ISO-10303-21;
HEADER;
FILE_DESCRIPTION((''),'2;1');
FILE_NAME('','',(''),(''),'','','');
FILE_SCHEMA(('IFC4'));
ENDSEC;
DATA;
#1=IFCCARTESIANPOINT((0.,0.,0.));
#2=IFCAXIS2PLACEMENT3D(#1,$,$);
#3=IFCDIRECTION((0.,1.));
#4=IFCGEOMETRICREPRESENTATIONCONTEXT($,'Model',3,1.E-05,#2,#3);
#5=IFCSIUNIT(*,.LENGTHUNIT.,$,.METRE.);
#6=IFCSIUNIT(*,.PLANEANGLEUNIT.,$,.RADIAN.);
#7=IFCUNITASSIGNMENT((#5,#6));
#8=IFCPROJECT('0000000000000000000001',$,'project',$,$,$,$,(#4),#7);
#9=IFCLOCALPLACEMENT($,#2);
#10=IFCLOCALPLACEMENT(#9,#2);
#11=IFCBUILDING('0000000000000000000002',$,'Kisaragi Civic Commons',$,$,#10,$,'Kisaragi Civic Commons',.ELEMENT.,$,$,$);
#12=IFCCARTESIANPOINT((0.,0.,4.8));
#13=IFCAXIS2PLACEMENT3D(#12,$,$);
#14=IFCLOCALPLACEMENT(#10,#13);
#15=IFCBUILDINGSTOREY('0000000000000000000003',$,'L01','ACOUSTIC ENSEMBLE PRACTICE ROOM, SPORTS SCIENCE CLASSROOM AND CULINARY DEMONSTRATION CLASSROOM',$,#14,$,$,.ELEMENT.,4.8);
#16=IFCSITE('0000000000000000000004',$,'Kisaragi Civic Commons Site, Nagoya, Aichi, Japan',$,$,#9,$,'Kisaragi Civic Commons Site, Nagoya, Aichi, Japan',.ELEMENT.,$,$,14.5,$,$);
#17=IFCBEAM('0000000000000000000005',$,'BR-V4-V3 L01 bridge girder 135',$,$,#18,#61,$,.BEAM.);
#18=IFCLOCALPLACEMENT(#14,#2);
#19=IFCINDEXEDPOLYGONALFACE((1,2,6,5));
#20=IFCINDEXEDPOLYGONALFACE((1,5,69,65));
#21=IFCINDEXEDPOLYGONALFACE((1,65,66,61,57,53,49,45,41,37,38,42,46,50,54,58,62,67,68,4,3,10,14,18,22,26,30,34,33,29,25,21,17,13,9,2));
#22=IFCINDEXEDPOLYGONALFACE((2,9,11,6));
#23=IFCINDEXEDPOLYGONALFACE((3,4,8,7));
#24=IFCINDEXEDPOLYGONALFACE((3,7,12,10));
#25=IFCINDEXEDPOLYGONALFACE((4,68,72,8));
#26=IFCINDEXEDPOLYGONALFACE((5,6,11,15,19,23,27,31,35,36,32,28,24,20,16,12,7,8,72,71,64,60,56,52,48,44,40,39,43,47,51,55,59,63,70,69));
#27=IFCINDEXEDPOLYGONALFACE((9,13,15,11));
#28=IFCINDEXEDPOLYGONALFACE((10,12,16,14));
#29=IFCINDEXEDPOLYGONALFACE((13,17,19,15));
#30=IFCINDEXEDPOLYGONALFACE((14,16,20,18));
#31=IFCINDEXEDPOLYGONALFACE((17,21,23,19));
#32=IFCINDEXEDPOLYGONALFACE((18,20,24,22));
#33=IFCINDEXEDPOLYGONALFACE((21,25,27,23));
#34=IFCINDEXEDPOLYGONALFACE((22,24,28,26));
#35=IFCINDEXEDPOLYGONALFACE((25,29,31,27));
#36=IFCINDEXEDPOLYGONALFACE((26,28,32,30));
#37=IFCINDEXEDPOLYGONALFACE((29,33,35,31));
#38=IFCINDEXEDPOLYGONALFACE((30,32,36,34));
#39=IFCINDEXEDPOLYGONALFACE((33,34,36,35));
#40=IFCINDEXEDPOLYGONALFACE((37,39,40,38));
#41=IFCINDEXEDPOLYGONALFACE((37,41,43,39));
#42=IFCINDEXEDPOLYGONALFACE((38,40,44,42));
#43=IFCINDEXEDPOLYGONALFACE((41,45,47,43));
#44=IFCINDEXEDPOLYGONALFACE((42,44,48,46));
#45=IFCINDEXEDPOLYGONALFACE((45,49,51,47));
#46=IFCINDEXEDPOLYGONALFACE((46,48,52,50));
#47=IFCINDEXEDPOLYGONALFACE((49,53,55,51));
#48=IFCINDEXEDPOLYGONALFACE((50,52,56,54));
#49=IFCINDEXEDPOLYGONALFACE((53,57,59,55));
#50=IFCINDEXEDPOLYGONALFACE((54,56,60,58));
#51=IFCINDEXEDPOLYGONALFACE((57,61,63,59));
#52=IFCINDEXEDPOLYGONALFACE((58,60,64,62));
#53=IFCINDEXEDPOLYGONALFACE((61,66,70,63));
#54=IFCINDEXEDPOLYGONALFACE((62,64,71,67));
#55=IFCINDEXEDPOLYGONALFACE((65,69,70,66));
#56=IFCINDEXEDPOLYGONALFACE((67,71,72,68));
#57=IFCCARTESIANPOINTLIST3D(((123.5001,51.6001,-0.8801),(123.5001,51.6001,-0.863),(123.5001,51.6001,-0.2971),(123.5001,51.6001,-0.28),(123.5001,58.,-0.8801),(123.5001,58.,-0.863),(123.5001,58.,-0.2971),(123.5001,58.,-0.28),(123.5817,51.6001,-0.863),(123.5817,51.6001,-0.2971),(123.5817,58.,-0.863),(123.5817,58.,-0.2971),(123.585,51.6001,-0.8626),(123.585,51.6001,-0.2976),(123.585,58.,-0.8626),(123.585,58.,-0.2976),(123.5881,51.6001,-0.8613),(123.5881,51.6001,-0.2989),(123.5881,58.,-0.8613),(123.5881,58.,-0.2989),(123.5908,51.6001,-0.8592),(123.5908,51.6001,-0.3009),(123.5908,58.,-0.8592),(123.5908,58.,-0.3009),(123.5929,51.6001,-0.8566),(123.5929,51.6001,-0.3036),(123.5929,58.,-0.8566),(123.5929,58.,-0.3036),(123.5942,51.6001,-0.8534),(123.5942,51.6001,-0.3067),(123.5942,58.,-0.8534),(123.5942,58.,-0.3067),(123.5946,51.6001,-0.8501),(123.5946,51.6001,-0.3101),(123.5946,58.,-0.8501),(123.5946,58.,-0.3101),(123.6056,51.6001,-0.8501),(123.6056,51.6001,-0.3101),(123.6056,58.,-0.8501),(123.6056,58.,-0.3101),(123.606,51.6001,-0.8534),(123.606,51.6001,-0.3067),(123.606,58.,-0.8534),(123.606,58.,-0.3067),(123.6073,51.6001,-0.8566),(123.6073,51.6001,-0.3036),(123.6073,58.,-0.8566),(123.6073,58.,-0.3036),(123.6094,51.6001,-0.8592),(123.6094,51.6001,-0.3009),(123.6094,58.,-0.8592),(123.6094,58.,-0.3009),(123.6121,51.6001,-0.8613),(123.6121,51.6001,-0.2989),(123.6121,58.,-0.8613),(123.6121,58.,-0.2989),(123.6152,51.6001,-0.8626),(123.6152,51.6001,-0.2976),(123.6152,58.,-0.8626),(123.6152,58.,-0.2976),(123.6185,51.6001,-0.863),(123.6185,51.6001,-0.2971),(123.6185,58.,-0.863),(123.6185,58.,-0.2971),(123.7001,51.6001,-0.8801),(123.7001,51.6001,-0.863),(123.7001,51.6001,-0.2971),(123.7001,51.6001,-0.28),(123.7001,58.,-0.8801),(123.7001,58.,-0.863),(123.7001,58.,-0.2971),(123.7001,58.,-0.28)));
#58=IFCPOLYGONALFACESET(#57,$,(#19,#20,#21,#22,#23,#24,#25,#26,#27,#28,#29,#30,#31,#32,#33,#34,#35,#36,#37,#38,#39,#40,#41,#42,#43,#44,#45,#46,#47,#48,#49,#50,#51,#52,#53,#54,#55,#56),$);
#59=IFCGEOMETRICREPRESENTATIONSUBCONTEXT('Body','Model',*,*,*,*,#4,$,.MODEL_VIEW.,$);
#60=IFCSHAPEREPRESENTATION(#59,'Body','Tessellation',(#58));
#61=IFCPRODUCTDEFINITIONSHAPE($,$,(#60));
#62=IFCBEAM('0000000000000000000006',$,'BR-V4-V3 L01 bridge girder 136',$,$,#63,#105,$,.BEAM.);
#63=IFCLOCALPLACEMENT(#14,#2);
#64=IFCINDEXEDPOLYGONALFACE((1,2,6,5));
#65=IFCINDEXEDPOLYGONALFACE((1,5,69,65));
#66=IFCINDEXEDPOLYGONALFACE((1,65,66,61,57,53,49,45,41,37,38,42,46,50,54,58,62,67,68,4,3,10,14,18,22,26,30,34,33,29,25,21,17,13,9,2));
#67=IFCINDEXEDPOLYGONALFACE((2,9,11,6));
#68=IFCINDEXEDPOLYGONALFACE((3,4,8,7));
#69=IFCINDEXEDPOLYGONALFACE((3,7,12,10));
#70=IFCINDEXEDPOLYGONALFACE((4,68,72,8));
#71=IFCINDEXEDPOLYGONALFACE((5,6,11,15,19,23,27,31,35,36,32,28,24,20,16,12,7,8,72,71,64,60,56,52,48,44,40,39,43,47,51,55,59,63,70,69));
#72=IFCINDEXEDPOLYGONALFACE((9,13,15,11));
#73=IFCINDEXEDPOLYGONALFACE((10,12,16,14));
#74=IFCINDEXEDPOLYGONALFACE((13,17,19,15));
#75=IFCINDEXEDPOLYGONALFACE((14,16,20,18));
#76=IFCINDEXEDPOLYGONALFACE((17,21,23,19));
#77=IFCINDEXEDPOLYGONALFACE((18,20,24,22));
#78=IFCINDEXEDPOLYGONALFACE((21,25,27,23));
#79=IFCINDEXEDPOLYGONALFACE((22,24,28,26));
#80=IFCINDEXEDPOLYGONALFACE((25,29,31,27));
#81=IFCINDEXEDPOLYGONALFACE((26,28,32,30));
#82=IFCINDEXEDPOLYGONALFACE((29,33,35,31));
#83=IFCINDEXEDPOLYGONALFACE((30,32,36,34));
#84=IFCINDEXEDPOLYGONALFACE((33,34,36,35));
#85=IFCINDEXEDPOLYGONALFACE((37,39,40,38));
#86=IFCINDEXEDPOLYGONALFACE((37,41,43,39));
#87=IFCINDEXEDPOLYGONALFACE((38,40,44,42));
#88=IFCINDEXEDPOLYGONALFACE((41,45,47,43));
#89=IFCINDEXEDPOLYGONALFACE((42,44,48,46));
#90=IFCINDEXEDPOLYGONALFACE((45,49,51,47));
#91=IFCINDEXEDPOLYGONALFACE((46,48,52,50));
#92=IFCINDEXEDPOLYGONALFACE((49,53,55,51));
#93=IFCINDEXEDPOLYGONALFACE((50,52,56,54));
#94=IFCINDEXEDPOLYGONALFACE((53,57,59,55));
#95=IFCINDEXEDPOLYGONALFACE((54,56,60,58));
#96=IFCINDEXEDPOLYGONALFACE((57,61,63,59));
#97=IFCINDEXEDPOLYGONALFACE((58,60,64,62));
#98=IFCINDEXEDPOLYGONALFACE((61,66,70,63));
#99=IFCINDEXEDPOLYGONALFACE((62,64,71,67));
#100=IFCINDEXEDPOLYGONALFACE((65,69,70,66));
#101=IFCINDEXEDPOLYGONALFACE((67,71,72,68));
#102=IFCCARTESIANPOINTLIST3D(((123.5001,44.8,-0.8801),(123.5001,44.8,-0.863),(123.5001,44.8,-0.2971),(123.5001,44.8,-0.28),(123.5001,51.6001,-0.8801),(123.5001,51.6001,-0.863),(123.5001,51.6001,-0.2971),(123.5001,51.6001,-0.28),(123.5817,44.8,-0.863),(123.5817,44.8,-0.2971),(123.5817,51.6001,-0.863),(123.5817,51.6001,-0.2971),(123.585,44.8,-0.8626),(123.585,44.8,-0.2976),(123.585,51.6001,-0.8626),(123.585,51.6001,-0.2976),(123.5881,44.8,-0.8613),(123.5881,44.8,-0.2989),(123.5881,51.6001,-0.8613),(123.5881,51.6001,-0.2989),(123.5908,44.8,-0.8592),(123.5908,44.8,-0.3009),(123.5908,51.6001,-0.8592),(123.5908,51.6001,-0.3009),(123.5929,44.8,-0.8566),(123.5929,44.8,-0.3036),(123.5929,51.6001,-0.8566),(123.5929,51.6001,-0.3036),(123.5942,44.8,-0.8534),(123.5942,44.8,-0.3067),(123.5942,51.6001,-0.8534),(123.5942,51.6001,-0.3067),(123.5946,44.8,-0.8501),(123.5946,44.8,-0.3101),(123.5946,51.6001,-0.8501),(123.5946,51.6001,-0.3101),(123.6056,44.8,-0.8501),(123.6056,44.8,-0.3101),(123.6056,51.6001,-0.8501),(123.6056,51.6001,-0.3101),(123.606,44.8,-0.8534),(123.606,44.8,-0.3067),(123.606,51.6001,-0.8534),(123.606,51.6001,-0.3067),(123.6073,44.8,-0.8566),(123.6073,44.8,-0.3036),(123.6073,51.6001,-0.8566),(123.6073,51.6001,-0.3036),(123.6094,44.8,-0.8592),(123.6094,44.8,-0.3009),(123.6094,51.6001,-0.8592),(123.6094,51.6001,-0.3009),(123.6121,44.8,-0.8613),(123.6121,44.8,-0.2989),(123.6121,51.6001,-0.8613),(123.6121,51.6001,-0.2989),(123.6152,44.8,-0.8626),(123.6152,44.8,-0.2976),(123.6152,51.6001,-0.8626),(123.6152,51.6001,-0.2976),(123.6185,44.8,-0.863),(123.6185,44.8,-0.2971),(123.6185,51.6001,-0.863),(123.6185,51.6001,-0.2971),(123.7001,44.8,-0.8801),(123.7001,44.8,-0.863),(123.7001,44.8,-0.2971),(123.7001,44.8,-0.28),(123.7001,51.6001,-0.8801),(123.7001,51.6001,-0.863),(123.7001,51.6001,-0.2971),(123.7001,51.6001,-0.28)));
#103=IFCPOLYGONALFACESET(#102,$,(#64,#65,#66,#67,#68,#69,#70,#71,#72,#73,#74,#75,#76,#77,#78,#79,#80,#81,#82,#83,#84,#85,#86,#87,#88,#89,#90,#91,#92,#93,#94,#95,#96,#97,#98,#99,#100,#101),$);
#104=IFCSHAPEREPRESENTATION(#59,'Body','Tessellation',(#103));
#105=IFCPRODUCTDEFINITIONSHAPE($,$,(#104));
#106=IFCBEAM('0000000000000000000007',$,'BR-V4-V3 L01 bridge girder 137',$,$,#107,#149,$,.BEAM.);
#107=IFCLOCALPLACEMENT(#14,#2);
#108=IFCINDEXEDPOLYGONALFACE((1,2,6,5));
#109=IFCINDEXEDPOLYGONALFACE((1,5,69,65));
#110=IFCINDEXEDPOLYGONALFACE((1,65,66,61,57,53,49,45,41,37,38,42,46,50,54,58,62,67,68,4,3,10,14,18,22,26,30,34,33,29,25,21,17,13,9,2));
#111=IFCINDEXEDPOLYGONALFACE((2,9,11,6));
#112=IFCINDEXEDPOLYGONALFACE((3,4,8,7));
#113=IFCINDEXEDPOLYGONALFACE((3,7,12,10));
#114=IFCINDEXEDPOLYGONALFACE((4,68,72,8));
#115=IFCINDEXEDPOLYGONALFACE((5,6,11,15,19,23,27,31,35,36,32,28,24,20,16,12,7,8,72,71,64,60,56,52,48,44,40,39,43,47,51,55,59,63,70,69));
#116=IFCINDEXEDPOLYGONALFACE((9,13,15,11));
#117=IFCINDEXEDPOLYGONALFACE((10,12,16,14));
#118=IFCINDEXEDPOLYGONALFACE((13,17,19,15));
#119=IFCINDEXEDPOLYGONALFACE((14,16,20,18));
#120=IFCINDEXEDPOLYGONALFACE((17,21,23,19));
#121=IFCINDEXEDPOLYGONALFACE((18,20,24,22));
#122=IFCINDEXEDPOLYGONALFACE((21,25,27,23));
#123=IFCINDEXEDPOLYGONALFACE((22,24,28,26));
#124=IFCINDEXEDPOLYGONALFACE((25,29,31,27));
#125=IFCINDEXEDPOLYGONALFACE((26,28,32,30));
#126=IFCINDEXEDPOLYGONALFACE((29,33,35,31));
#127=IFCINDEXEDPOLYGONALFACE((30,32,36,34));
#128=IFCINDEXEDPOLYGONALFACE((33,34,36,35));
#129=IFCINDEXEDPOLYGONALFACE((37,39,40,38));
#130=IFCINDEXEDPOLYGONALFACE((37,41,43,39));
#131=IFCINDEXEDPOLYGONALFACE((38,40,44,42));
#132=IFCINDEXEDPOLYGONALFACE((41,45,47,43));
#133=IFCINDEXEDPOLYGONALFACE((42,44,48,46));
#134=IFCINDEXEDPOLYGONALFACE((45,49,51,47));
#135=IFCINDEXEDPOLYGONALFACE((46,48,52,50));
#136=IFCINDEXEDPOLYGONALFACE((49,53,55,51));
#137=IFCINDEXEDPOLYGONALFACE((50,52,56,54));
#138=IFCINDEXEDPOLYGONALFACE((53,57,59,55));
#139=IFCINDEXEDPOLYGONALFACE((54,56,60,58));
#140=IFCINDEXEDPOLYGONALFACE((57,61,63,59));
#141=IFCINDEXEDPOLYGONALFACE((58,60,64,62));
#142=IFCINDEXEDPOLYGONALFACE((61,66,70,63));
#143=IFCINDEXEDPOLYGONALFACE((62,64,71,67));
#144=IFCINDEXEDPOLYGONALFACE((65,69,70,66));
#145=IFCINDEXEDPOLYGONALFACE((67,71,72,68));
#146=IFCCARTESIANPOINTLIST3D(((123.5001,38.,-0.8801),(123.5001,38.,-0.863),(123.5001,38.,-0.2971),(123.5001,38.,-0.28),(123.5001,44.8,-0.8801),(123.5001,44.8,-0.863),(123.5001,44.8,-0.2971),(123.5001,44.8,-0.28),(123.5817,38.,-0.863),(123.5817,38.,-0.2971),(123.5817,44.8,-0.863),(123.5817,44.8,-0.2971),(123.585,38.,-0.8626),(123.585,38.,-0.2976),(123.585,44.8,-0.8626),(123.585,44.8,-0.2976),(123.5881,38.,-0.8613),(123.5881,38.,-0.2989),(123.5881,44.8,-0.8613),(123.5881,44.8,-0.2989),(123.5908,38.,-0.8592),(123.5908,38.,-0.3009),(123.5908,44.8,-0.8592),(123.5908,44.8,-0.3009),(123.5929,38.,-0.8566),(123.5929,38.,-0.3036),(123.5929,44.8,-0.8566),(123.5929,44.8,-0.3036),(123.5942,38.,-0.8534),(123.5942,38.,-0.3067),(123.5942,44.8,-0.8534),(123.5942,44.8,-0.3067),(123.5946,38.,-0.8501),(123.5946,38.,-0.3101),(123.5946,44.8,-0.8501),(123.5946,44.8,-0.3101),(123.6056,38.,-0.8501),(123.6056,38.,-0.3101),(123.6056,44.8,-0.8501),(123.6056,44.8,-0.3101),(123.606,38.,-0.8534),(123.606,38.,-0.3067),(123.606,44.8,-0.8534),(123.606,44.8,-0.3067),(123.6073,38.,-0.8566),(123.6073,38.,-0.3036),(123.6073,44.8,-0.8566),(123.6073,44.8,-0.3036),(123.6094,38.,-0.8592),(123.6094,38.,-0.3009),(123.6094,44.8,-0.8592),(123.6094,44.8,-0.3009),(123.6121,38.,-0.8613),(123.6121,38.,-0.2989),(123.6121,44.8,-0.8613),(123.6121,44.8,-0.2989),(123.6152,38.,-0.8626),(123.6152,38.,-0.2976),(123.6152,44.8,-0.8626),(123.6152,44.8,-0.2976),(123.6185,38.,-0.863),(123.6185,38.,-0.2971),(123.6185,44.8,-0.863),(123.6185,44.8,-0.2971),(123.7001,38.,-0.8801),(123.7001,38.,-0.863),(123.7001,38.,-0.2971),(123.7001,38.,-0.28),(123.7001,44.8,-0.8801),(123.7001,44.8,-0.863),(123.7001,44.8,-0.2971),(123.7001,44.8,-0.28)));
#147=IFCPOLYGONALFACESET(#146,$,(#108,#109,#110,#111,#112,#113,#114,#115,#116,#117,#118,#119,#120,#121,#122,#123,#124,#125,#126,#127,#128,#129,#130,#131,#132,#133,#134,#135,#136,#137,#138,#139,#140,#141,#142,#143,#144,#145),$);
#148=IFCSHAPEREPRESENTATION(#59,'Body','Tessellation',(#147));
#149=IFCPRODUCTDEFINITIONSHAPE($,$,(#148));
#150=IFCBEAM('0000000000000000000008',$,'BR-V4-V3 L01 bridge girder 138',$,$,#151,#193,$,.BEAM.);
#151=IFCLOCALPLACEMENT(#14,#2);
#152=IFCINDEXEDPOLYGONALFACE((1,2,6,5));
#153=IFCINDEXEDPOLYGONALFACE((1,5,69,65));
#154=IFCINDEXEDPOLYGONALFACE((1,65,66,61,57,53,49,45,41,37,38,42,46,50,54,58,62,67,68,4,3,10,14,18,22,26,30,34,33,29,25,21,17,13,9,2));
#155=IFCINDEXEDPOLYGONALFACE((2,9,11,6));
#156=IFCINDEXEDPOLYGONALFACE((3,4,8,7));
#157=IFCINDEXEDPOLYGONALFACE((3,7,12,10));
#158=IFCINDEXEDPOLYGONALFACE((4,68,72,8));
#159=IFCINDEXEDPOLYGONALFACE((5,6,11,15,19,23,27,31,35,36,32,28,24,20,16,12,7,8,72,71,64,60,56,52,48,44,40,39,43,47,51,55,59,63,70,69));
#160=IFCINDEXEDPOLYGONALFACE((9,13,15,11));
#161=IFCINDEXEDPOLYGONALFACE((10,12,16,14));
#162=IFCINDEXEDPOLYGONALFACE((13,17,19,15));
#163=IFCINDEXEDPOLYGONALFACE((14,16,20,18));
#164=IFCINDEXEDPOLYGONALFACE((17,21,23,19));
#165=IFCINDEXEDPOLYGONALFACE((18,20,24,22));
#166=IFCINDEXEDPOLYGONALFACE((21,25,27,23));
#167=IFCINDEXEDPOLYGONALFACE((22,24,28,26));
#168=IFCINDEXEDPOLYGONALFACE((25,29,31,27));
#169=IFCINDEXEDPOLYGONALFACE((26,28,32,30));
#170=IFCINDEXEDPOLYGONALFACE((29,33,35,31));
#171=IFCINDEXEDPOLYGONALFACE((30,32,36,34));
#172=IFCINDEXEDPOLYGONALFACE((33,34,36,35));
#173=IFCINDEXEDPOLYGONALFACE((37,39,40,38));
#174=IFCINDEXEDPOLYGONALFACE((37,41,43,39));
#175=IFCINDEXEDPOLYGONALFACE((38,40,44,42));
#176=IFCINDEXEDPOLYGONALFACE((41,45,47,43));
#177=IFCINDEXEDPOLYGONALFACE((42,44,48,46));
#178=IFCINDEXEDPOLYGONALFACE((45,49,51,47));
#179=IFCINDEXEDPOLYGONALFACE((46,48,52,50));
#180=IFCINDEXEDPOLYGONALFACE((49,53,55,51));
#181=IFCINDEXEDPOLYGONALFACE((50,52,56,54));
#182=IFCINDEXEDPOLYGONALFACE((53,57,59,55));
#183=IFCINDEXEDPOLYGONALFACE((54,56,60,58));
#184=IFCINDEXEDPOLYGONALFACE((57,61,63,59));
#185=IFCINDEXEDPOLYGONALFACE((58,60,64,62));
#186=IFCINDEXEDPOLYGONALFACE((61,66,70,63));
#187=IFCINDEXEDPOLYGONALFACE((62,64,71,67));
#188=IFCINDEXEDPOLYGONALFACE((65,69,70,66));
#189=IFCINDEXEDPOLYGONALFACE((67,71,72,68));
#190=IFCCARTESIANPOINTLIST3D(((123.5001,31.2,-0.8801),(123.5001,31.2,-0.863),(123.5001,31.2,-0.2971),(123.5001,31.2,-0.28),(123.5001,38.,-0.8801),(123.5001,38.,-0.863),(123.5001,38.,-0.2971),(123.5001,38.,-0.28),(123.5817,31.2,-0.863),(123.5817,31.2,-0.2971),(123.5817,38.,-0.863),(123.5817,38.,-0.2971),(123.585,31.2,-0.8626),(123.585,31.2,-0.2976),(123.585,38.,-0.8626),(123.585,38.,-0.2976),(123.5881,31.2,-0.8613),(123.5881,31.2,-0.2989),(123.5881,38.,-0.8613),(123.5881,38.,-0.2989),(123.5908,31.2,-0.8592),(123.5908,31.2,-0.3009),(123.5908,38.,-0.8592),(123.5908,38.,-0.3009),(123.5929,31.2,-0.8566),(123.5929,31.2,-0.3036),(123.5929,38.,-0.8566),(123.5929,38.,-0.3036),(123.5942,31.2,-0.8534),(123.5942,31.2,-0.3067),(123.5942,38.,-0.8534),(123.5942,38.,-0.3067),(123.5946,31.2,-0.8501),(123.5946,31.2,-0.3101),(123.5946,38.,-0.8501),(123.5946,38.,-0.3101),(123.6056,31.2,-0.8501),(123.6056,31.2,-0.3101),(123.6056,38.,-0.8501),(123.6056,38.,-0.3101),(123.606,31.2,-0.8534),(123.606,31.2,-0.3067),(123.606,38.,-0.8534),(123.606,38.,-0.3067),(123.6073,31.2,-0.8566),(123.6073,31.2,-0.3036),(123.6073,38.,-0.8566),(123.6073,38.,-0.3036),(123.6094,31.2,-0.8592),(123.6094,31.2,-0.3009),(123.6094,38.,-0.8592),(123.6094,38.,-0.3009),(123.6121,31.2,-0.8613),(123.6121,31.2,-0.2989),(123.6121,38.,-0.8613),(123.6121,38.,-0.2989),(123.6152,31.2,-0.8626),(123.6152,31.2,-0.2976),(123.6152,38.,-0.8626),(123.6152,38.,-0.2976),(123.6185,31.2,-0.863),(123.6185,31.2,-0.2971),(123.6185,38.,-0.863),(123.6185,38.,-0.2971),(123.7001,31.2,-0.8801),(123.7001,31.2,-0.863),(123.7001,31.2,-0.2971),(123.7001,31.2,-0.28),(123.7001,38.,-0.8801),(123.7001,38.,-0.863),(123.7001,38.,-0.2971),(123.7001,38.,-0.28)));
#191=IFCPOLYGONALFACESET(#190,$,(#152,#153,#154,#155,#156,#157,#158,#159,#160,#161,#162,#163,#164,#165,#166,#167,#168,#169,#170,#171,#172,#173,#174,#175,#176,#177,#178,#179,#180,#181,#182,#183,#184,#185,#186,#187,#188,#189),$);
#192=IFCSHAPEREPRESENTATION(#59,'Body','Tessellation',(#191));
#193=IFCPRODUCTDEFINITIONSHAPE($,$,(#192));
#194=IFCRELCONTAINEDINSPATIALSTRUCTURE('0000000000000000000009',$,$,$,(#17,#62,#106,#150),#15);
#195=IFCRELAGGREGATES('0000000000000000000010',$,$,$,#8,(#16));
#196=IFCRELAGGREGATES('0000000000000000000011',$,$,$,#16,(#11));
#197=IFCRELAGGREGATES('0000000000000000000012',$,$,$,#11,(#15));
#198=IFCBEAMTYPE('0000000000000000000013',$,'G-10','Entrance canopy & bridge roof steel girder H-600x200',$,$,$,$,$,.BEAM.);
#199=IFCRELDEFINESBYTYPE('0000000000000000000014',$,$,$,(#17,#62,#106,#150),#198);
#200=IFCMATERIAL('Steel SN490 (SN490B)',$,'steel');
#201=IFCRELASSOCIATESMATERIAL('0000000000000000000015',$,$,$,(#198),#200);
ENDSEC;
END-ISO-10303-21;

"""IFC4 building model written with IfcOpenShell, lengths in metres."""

from ifc_helpers import new_model, si_unit, direction, frame, origin, origin_2d, place, context, subcontext, project, spatial, i_section, extrude, material, material_profile, profile_set, type_object, element, save


model = new_model("IFC4")

# Units and contexts
model_context = context("Model", 3, precision=1e-05, world=origin(), true_north=direction((0.0, 1.0)))
body_context = subcontext(model_context, "Body", "Model", "MODEL_VIEW")
ifc_project = project(units=[si_unit("LENGTHUNIT", "METRE"), si_unit("PLANEANGLEUNIT", "RADIAN")], contexts=[model_context])

# Site, building, storey
site_placement = place(None, origin())
site = spatial("IfcSite", under=ifc_project, at=site_placement, Name="Kisaragi Civic Commons Site, Nagoya, Aichi, Japan", LongName="Kisaragi Civic Commons Site, Nagoya, Aichi, Japan", CompositionType="ELEMENT", RefElevation=14.5)
building_placement = place(site_placement, origin())
building = spatial("IfcBuilding", under=site, at=building_placement, Name="Kisaragi Civic Commons", LongName="Kisaragi Civic Commons", CompositionType="ELEMENT")
storey_placement = place(building_placement, frame((0.0, 0.0, 4.8)))
storey = spatial("IfcBuildingStorey", under=building, at=storey_placement, Name="L01", Description="ACOUSTIC ENSEMBLE PRACTICE ROOM, SPORTS SCIENCE CLASSROOM AND CULINARY DEMONSTRATION CLASSROOM", CompositionType="ELEMENT", Elevation=4.8)

# Beams
ifc_material_1 = material(Name="Steel SN490 (SN490B)", Category="steel")
ifc_material_profile_1 = material_profile(ifc_material_1, i_section(OverallWidth=0.2, OverallDepth=0.6001, WebThickness=0.011, FlangeThickness=0.0171, FilletRadius=0.0129, at=origin_2d()), Name="H-600x200x11x17", Category="steel")
ifc_profile_set_1 = profile_set([ifc_material_profile_1], Name="Steel SN490 (SN490B)")
beam_type_1 = type_object("IfcBeamType", Name="G-10", Description="Entrance canopy & bridge roof steel girder H-600x200", PredefinedType="BEAM", material=ifc_profile_set_1)
beam_1_placement = place(storey_placement, frame((123.6001, 58.0, -0.5801), z_axis=(0.0, -1.0, 0.0), x_axis=(1.0, 0.0, 0.0)))
element("IfcBeam", 1, at=beam_1_placement, inside=storey, type_object=beam_type_1, Name="BR-V4-V3 L01 bridge girder 135", PredefinedType="BEAM", context=body_context, shape_type="SweptSolid", body=[
    extrude(i_section(OverallWidth=0.2, OverallDepth=0.6001, WebThickness=0.011, FlangeThickness=0.0171, FilletRadius=0.0129, at=origin_2d()), origin(), (0.0, 0.0, 1.0), 6.3999),
])
for number, where, z_axis, x_axis, name in (
    (2, (123.6001, 51.6001, -0.5801), (0.0, -1.0, 0.0), (1.0, 0.0, 0.0), "BR-V4-V3 L01 bridge girder 136"),
    (3, (123.6001, 44.8, -0.5801), (0.0, -1.0, 0.0), (1.0, 0.0, 0.0), "BR-V4-V3 L01 bridge girder 137"),
    (4, (123.6001, 38.0, -0.5801), (0.0, -1.0, 0.0), (1.0, 0.0, 0.0), "BR-V4-V3 L01 bridge girder 138"),
):
    element("IfcBeam", number, at=place(storey_placement, frame(where, z_axis=z_axis, x_axis=x_axis)), inside=storey, type_object=beam_type_1, Name=name, PredefinedType="BEAM", context=body_context, shape_type="SweptSolid", body=[
        extrude(i_section(OverallWidth=0.2, OverallDepth=0.6001, WebThickness=0.011, FlangeThickness=0.0171, FilletRadius=0.0129, at=origin_2d()), origin(), (0.0, 0.0, 1.0), 6.8),
    ])

save(model, "model.ifc")
